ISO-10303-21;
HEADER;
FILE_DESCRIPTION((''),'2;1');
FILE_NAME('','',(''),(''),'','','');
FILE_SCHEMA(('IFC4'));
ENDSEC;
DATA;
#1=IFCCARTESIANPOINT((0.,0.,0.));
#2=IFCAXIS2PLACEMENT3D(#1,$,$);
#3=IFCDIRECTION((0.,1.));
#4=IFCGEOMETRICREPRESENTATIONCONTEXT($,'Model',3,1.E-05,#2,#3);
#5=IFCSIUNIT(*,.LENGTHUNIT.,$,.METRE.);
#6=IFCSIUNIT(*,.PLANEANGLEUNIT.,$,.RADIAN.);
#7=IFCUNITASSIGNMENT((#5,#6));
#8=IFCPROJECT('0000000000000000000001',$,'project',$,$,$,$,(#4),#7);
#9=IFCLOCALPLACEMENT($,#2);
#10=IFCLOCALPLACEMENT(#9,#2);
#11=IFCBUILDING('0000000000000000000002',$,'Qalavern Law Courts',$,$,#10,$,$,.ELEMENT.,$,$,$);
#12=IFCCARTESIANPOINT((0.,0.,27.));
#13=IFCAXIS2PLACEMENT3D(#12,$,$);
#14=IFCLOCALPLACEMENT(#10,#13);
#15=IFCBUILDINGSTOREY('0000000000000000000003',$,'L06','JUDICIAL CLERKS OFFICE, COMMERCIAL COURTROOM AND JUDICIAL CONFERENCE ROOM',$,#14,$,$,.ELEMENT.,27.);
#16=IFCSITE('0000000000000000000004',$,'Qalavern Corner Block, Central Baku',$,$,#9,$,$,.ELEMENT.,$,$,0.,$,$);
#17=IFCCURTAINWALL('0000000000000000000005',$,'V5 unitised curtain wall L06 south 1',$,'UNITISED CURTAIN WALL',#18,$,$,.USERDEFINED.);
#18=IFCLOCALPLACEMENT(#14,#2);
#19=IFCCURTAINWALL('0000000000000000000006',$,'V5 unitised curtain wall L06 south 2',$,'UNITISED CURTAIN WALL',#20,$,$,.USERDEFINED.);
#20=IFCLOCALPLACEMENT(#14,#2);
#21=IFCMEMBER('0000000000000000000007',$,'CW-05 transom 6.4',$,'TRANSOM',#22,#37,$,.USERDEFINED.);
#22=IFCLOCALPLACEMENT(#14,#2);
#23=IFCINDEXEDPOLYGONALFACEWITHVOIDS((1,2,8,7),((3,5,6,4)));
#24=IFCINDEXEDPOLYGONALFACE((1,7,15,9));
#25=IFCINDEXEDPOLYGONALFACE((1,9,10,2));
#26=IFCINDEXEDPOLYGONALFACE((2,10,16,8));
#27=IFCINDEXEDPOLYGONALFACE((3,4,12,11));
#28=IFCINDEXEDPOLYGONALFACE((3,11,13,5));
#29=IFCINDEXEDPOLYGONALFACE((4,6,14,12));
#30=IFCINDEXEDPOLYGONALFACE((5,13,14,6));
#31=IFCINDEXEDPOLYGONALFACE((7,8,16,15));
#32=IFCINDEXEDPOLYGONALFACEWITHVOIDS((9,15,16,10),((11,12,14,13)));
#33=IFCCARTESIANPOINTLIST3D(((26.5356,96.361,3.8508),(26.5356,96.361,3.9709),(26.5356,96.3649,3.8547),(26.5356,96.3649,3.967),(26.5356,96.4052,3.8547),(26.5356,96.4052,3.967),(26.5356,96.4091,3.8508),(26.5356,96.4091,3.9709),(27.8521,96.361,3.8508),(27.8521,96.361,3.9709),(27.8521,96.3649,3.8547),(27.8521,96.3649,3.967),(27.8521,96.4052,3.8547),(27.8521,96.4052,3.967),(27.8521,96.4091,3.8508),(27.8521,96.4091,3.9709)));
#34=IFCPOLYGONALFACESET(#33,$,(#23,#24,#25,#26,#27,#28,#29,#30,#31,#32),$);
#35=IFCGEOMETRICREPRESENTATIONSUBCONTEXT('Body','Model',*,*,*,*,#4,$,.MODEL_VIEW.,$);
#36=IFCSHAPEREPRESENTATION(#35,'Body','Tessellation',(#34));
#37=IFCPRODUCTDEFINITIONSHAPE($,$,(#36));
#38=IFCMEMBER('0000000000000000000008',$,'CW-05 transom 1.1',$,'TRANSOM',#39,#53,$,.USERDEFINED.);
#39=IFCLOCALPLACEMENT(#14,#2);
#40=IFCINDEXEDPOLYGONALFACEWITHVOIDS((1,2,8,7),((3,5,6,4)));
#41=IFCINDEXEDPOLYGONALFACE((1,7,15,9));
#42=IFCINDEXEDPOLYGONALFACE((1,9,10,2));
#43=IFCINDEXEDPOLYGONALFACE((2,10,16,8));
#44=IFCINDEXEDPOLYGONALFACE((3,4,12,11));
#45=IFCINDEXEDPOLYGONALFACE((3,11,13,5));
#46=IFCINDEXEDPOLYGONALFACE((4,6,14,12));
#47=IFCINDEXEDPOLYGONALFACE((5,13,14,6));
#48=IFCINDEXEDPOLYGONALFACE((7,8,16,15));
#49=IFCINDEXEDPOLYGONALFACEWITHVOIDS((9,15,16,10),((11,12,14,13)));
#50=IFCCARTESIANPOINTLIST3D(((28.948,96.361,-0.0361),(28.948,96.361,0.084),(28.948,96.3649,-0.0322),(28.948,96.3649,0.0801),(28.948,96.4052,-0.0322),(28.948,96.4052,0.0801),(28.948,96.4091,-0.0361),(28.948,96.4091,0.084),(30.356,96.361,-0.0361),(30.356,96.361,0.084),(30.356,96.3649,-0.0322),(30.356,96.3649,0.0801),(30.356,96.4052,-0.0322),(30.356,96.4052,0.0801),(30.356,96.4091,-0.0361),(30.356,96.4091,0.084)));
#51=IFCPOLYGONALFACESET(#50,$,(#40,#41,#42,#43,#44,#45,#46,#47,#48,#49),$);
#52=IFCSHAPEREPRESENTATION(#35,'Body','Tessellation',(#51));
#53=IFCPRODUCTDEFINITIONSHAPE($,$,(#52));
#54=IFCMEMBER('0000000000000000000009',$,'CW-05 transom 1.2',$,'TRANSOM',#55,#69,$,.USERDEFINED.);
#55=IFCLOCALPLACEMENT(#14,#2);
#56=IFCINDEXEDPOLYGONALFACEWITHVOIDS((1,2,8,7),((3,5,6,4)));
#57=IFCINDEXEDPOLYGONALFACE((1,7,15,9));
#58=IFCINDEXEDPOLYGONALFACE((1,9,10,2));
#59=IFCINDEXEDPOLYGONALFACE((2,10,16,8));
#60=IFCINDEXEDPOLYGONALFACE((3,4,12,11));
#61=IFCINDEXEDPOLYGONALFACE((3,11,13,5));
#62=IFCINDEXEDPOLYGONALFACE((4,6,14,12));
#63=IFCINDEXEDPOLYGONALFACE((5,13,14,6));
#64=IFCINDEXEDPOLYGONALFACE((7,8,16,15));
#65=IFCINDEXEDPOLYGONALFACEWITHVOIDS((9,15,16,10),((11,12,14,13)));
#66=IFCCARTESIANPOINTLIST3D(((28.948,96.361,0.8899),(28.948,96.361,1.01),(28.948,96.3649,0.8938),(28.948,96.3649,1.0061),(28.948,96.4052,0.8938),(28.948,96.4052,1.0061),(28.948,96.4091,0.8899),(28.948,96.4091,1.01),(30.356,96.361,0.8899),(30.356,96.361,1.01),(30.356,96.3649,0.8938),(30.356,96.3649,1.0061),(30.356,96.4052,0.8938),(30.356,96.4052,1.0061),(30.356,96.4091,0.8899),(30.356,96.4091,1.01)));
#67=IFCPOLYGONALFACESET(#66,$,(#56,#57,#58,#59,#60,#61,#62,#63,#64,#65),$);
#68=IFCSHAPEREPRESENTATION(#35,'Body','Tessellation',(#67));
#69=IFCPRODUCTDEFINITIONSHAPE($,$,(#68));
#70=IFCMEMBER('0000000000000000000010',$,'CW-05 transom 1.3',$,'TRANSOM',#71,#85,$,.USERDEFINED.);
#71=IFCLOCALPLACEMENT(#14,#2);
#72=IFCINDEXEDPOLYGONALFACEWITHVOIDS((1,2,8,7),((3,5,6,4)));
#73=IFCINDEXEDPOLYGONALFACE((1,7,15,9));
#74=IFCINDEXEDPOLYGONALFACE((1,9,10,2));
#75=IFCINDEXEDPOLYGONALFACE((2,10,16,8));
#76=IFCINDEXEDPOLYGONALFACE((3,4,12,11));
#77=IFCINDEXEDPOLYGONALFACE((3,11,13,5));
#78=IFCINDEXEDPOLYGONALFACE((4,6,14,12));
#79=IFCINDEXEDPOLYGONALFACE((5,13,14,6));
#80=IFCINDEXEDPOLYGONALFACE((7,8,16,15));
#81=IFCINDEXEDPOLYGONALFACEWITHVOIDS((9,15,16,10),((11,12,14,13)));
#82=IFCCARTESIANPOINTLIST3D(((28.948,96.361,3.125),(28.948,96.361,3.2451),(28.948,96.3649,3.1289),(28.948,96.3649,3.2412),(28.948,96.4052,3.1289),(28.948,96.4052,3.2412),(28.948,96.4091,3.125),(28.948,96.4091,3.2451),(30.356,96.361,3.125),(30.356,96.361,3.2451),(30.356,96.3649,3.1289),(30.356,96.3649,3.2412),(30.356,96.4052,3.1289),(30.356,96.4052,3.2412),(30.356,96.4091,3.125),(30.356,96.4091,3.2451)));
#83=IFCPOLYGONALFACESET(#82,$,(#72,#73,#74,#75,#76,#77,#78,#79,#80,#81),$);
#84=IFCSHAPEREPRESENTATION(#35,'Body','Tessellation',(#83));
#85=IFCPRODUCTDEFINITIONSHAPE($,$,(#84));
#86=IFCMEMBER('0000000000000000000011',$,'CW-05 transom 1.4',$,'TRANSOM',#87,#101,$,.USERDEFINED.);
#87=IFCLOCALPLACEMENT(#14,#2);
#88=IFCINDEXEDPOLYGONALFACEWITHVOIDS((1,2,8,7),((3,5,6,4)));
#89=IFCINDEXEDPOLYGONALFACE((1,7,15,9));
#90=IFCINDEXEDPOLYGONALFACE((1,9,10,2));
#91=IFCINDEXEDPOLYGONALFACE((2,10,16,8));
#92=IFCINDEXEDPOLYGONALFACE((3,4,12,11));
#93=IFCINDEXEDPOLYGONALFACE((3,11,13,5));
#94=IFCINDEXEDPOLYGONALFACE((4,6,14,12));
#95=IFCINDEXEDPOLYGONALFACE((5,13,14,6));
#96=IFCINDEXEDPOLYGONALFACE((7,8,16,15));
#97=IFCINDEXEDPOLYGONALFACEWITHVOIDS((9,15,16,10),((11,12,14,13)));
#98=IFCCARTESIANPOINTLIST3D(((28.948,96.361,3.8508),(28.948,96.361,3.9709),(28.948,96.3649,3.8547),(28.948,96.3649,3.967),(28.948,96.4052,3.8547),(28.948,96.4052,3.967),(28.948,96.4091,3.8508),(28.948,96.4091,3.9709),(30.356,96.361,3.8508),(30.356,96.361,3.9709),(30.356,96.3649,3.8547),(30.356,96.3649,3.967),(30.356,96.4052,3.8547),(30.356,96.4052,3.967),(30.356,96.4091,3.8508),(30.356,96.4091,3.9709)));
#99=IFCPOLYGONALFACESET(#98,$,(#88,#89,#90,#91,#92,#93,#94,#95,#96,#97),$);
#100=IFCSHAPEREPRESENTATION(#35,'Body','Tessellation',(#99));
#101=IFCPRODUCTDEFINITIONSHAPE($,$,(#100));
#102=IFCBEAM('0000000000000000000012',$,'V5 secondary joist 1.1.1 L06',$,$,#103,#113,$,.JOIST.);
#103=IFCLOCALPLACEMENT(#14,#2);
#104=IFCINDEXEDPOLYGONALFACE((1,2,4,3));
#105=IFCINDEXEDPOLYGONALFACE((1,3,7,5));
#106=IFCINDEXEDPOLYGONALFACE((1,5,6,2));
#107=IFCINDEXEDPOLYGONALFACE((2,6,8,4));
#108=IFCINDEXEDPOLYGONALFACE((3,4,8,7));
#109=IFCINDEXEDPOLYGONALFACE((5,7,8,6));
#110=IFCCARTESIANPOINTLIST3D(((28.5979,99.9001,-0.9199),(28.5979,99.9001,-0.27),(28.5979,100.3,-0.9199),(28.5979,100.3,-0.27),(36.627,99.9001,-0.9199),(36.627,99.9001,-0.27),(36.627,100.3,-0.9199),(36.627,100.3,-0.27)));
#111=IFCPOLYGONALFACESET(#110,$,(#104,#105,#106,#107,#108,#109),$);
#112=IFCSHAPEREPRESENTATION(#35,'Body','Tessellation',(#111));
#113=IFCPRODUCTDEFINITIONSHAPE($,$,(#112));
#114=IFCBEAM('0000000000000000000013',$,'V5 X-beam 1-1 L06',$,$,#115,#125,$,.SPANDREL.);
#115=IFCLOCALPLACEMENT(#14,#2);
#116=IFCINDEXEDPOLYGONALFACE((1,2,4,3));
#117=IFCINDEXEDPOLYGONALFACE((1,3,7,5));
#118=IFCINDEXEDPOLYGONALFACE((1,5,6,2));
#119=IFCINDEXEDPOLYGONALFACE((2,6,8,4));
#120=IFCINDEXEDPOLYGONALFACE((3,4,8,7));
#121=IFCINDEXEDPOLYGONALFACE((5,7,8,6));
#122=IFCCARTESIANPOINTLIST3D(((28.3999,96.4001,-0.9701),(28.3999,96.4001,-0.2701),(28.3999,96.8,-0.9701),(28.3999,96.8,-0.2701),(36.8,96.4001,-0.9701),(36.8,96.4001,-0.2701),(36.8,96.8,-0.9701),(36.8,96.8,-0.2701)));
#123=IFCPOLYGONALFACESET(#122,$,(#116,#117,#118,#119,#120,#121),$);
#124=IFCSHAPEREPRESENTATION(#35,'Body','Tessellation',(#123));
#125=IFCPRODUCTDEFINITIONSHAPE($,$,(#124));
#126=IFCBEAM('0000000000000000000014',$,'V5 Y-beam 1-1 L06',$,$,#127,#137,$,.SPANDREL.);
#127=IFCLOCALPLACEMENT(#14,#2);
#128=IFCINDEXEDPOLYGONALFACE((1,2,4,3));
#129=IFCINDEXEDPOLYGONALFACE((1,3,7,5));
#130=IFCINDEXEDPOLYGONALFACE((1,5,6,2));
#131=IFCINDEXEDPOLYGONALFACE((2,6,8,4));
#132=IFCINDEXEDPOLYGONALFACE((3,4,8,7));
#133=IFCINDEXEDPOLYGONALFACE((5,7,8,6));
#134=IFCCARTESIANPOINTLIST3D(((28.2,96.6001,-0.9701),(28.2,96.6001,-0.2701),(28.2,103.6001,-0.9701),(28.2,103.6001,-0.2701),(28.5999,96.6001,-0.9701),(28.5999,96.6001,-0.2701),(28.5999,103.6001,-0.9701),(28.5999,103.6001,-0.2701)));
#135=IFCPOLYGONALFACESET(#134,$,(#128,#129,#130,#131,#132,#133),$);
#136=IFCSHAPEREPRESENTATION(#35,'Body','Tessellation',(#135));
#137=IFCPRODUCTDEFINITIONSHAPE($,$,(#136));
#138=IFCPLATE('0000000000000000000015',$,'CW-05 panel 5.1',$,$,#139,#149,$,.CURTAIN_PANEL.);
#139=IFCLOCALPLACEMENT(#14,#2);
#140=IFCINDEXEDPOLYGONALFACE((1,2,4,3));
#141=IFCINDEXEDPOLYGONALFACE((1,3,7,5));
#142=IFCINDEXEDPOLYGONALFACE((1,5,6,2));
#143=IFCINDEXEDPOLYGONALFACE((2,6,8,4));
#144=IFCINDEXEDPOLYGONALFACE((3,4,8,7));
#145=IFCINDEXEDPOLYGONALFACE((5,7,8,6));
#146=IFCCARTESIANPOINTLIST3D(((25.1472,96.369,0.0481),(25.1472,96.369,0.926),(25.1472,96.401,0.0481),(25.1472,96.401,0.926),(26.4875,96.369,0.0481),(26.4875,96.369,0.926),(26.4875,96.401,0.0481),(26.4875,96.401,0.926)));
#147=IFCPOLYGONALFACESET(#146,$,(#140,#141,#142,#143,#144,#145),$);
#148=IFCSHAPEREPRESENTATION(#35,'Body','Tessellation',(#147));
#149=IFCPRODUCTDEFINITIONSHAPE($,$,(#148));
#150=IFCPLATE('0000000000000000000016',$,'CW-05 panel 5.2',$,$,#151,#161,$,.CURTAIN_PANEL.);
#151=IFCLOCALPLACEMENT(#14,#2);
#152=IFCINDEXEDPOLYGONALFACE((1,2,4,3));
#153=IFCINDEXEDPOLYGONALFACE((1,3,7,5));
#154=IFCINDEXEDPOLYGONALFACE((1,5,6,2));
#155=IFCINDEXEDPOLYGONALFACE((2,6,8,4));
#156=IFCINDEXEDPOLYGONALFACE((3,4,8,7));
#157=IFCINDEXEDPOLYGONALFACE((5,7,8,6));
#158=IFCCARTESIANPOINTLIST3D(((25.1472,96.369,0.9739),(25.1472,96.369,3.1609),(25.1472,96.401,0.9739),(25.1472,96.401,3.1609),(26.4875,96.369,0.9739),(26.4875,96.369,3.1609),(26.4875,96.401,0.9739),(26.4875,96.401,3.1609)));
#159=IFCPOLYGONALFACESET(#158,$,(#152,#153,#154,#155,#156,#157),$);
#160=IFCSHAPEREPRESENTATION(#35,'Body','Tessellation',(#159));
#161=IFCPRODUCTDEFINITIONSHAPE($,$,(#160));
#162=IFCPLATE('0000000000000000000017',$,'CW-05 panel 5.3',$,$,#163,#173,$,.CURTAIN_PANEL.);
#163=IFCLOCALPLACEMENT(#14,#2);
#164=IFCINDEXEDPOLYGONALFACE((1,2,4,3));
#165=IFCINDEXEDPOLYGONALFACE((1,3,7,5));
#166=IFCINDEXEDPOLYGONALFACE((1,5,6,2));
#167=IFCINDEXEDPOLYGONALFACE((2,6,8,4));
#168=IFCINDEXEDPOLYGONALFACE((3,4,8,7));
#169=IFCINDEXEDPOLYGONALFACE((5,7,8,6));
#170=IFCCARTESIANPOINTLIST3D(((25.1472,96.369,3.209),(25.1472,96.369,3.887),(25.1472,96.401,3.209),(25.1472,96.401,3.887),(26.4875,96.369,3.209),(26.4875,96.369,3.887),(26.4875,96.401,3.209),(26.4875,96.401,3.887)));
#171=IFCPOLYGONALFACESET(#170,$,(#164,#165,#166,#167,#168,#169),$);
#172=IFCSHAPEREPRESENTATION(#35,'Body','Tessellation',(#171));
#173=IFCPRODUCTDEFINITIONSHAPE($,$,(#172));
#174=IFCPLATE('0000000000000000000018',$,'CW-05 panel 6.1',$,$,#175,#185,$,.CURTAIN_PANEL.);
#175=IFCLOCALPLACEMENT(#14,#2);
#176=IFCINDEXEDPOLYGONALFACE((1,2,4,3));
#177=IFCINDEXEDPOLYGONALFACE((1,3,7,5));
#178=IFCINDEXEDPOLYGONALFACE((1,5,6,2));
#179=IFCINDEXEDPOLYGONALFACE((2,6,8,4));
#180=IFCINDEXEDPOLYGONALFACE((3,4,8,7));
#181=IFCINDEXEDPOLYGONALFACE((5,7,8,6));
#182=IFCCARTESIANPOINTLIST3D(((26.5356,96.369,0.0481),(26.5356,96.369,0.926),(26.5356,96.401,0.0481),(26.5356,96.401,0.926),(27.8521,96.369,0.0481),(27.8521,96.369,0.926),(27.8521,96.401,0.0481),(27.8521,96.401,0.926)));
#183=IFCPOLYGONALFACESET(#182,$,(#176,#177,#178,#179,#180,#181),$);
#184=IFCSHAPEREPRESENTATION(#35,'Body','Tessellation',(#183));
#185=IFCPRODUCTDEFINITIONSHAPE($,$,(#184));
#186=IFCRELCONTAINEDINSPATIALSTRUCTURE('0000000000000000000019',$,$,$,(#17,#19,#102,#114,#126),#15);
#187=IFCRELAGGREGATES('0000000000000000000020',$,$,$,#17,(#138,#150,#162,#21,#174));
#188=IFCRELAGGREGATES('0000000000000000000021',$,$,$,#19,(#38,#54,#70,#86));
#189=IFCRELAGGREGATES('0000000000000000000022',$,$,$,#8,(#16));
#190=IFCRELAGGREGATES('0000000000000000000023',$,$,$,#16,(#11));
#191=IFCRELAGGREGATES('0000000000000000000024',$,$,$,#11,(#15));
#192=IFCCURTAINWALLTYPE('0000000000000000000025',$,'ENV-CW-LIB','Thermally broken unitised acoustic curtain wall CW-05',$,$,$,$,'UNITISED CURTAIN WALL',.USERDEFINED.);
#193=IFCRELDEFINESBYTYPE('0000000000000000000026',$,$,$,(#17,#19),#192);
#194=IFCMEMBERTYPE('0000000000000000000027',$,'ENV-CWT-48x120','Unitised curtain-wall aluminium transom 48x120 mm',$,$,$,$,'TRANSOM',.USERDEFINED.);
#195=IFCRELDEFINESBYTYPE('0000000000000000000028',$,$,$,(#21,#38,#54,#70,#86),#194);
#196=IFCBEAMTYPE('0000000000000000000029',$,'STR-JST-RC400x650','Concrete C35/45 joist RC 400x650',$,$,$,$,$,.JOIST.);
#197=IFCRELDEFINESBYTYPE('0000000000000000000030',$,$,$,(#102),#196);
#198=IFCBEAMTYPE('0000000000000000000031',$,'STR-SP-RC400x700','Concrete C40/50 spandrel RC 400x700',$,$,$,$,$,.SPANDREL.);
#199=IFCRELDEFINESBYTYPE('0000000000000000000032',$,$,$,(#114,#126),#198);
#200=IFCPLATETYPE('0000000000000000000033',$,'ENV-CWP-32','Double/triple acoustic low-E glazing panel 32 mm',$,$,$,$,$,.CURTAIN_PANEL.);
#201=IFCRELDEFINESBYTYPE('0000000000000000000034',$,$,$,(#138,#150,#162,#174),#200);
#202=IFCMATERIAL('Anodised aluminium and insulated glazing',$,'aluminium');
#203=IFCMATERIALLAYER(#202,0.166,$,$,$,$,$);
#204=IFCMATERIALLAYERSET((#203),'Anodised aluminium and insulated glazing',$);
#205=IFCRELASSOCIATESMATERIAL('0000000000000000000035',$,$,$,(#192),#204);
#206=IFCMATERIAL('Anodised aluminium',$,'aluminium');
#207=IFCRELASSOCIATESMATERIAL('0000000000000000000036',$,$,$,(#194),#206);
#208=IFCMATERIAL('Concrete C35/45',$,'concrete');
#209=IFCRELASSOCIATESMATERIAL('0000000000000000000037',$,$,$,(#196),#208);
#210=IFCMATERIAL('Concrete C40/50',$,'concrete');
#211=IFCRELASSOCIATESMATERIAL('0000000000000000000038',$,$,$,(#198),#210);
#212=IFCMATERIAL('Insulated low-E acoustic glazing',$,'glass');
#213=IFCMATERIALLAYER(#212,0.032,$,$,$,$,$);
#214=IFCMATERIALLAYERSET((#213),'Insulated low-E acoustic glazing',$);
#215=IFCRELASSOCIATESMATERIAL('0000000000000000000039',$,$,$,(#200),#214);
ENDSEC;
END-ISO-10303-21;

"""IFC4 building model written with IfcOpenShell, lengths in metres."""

from ifc_helpers import new_model, si_unit, direction, frame, origin, origin_2d, place, context, subcontext, project, spatial, rectangle, hollow_rectangle, extrude, material, layer, layer_set, material_profile, profile_set, type_object, element, aggregate, save


model = new_model("IFC4")

# Units and contexts
model_context = context("Model", 3, precision=1e-05, world=origin(), true_north=direction((0.0, 1.0)))
body_context = subcontext(model_context, "Body", "Model", "MODEL_VIEW")
ifc_project = project(units=[si_unit("LENGTHUNIT", "METRE"), si_unit("PLANEANGLEUNIT", "RADIAN")], contexts=[model_context])

# Site, building, storey
site_placement = place(None, origin())
site = spatial("IfcSite", under=ifc_project, at=site_placement, Name="Qalavern Corner Block, Central Baku", CompositionType="ELEMENT", RefElevation=0.0)
building_placement = place(site_placement, origin())
building = spatial("IfcBuilding", under=site, at=building_placement, Name="Qalavern Law Courts", CompositionType="ELEMENT")
storey_placement = place(building_placement, frame((0.0, 0.0, 27.0)))
storey = spatial("IfcBuildingStorey", under=building, at=storey_placement, Name="L06", Description="JUDICIAL CLERKS OFFICE, COMMERCIAL COURTROOM AND JUDICIAL CONFERENCE ROOM", CompositionType="ELEMENT", Elevation=27.0)

# Curtain walls
ifc_material_1 = material(Name="Anodised aluminium and insulated glazing", Category="aluminium")
ifc_layer_1 = layer(ifc_material_1, 0.166)
ifc_layer_set_1 = layer_set([ifc_layer_1], Name="Anodised aluminium and insulated glazing")
curtain_wall_type = type_object("IfcCurtainWallType", Name="ENV-CW-LIB", Description="Thermally broken unitised acoustic curtain wall CW-05", ElementType="UNITISED CURTAIN WALL", PredefinedType="USERDEFINED", material=ifc_layer_set_1)
curtain_wall_1_placement = place(storey_placement, origin())
curtain_wall_1 = element("IfcCurtainWall", 1, at=curtain_wall_1_placement, inside=storey, type_object=curtain_wall_type, Name="V5 unitised curtain wall L06 south 1", ObjectType="UNITISED CURTAIN WALL", PredefinedType="USERDEFINED")
ifc_material_2 = material(Name="Anodised aluminium", Category="aluminium")
curtain_wall_2_placement = place(storey_placement, origin())
curtain_wall_2 = element("IfcCurtainWall", 2, at=curtain_wall_2_placement, inside=storey, type_object=curtain_wall_type, Name="V5 unitised curtain wall L06 south 2", ObjectType="UNITISED CURTAIN WALL", PredefinedType="USERDEFINED")

# Members
ifc_material_profile_1 = material_profile(ifc_material_2, hollow_rectangle(XDim=0.0481, YDim=0.1201, WallThickness=0.0039, at=origin_2d()), Name="ALU TRANSOM 48x120")
ifc_profile_set_1 = profile_set([ifc_material_profile_1], Name="Anodised aluminium")
member_type_1 = type_object("IfcMemberType", Name="ENV-CWT-48x120", Description="Unitised curtain-wall aluminium transom 48x120 mm", ElementType="TRANSOM", PredefinedType="USERDEFINED", material=ifc_profile_set_1)
member_1_placement = place(storey_placement, frame((26.5356, 96.385, 3.9109), z_axis=(1.0, 0.0, 0.0), x_axis=(0.0, 1.0, 0.0)))
member_1 = element("IfcMember", 3, at=member_1_placement, type_object=member_type_1, Name="CW-05 transom 6.4", ObjectType="TRANSOM", PredefinedType="USERDEFINED", context=body_context, shape_type="SweptSolid", body=[
    extrude(hollow_rectangle(XDim=0.0481, YDim=0.1201, WallThickness=0.0039, at=origin_2d()), origin(), (0.0, 0.0, 1.0), 1.3164),
])
member_2_placement = place(storey_placement, frame((28.948, 96.385, 0.0239), z_axis=(1.0, 0.0, 0.0), x_axis=(0.0, 1.0, 0.0)))
member_2 = element("IfcMember", 4, at=member_2_placement, type_object=member_type_1, Name="CW-05 transom 1.1", ObjectType="TRANSOM", PredefinedType="USERDEFINED", context=body_context, shape_type="SweptSolid", body=[
    extrude(hollow_rectangle(XDim=0.0481, YDim=0.1201, WallThickness=0.0039, at=origin_2d()), origin(), (0.0, 0.0, 1.0), 1.408),
])
member_3_placement = place(storey_placement, frame((28.948, 96.385, 0.95), z_axis=(1.0, 0.0, 0.0), x_axis=(0.0, 1.0, 0.0)))
member_3 = element("IfcMember", 5, at=member_3_placement, type_object=member_type_1, Name="CW-05 transom 1.2", ObjectType="TRANSOM", PredefinedType="USERDEFINED", context=body_context, shape_type="SweptSolid", body=[
    extrude(hollow_rectangle(XDim=0.0481, YDim=0.1201, WallThickness=0.0039, at=origin_2d()), origin(), (0.0, 0.0, 1.0), 1.408),
])
member_4_placement = place(storey_placement, frame((28.948, 96.385, 3.1851), z_axis=(1.0, 0.0, 0.0), x_axis=(0.0, 1.0, 0.0)))
member_4 = element("IfcMember", 6, at=member_4_placement, type_object=member_type_1, Name="CW-05 transom 1.3", ObjectType="TRANSOM", PredefinedType="USERDEFINED", context=body_context, shape_type="SweptSolid", body=[
    extrude(hollow_rectangle(XDim=0.0481, YDim=0.1201, WallThickness=0.0039, at=origin_2d()), origin(), (0.0, 0.0, 1.0), 1.408),
])
member_5_placement = place(storey_placement, frame((28.948, 96.385, 3.9109), z_axis=(1.0, 0.0, 0.0), x_axis=(0.0, 1.0, 0.0)))
member_5 = element("IfcMember", 7, at=member_5_placement, type_object=member_type_1, Name="CW-05 transom 1.4", ObjectType="TRANSOM", PredefinedType="USERDEFINED", context=body_context, shape_type="SweptSolid", body=[
    extrude(hollow_rectangle(XDim=0.0481, YDim=0.1201, WallThickness=0.0039, at=origin_2d()), origin(), (0.0, 0.0, 1.0), 1.408),
])

# Beams
ifc_material_3 = material(Name="Concrete C35/45", Category="concrete")
ifc_material_profile_2 = material_profile(ifc_material_3, rectangle(XDim=0.3999, YDim=0.6499, at=origin_2d()), Name="RC 400x650")
ifc_profile_set_2 = profile_set([ifc_material_profile_2], Name="Concrete C35/45")
beam_type_1 = type_object("IfcBeamType", Name="STR-JST-RC400x650", Description="Concrete C35/45 joist RC 400x650", PredefinedType="JOIST", material=ifc_profile_set_2)
beam_1_placement = place(storey_placement, frame((28.5979, 100.1001, -0.595), z_axis=(1.0, 0.0, 0.0), x_axis=(0.0, 1.0, 0.0)))
element("IfcBeam", 8, at=beam_1_placement, inside=storey, type_object=beam_type_1, Name="V5 secondary joist 1.1.1 L06", PredefinedType="JOIST", context=body_context, shape_type="SweptSolid", body=[
    extrude(rectangle(XDim=0.3999, YDim=0.6499, at=origin_2d()), origin(), (0.0, 0.0, 1.0), 8.0291),
])
ifc_material_4 = material(Name="Concrete C40/50", Category="concrete")
ifc_material_profile_3 = material_profile(ifc_material_4, rectangle(XDim=0.3999, YDim=0.7, at=origin_2d()), Name="RC 400x700")
ifc_profile_set_3 = profile_set([ifc_material_profile_3], Name="Concrete C40/50")
beam_type_2 = type_object("IfcBeamType", Name="STR-SP-RC400x700", Description="Concrete C40/50 spandrel RC 400x700", PredefinedType="SPANDREL", material=ifc_profile_set_3)
beam_2_placement = place(storey_placement, frame((28.3999, 96.6001, -0.6201), z_axis=(1.0, 0.0, 0.0), x_axis=(0.0, 1.0, 0.0)))
element("IfcBeam", 9, at=beam_2_placement, inside=storey, type_object=beam_type_2, Name="V5 X-beam 1-1 L06", PredefinedType="SPANDREL", context=body_context, shape_type="SweptSolid", body=[
    extrude(rectangle(XDim=0.3999, YDim=0.7, at=origin_2d()), origin(), (0.0, 0.0, 1.0), 8.4001),
])
beam_3_placement = place(storey_placement, frame((28.3999, 96.6001, -0.6201), z_axis=(0.0, 1.0, 0.0), x_axis=(-1.0, 0.0, 0.0)))
element("IfcBeam", 10, at=beam_3_placement, inside=storey, type_object=beam_type_2, Name="V5 Y-beam 1-1 L06", PredefinedType="SPANDREL", context=body_context, shape_type="SweptSolid", body=[
    extrude(rectangle(XDim=0.3999, YDim=0.7, at=origin_2d()), origin(), (0.0, 0.0, 1.0), 7.0),
])

# Plates
ifc_material_5 = material(Name="Insulated low-E acoustic glazing", Category="glass")
ifc_layer_2 = layer(ifc_material_5, 0.032)
ifc_layer_set_2 = layer_set([ifc_layer_2], Name="Insulated low-E acoustic glazing")
plate_type_1 = type_object("IfcPlateType", Name="ENV-CWP-32", Description="Double/triple acoustic low-E glazing panel 32 mm", PredefinedType="CURTAIN_PANEL", material=ifc_layer_set_2)
plate_1_placement = place(storey_placement, frame((25.8174, 96.385, 0.0481), z_axis=(0.0, 0.0, 1.0), x_axis=(1.0, 0.0, 0.0)))
plate_1 = element("IfcPlate", 11, at=plate_1_placement, type_object=plate_type_1, Name="CW-05 panel 5.1", PredefinedType="CURTAIN_PANEL", context=body_context, shape_type="SweptSolid", body=[
    extrude(rectangle(XDim=1.3403, YDim=0.032, at=origin_2d()), origin(), (0.0, 0.0, 1.0), 0.8779),
])
plate_2_placement = place(storey_placement, frame((25.8174, 96.385, 0.9739), z_axis=(0.0, 0.0, 1.0), x_axis=(1.0, 0.0, 0.0)))
plate_2 = element("IfcPlate", 12, at=plate_2_placement, type_object=plate_type_1, Name="CW-05 panel 5.2", PredefinedType="CURTAIN_PANEL", context=body_context, shape_type="SweptSolid", body=[
    extrude(rectangle(XDim=1.3403, YDim=0.032, at=origin_2d()), origin(), (0.0, 0.0, 1.0), 2.187),
])
plate_3_placement = place(storey_placement, frame((25.8174, 96.385, 3.209), z_axis=(0.0, 0.0, 1.0), x_axis=(1.0, 0.0, 0.0)))
plate_3 = element("IfcPlate", 13, at=plate_3_placement, type_object=plate_type_1, Name="CW-05 panel 5.3", PredefinedType="CURTAIN_PANEL", context=body_context, shape_type="SweptSolid", body=[
    extrude(rectangle(XDim=1.3403, YDim=0.032, at=origin_2d()), origin(), (0.0, 0.0, 1.0), 0.678),
])
plate_4_placement = place(storey_placement, frame((27.1938, 96.385, 0.0481), z_axis=(0.0, 0.0, 1.0), x_axis=(1.0, 0.0, 0.0)))
plate_4 = element("IfcPlate", 14, at=plate_4_placement, type_object=plate_type_1, Name="CW-05 panel 6.1", PredefinedType="CURTAIN_PANEL", context=body_context, shape_type="SweptSolid", body=[
    extrude(rectangle(XDim=1.3164, YDim=0.032, at=origin_2d()), origin(), (0.0, 0.0, 1.0), 0.8779),
])
aggregate(curtain_wall_1, [plate_1, plate_2, plate_3, member_1, plate_4])

aggregate(curtain_wall_2, [member_2, member_3, member_4, member_5])

save(model, "model.ifc")
